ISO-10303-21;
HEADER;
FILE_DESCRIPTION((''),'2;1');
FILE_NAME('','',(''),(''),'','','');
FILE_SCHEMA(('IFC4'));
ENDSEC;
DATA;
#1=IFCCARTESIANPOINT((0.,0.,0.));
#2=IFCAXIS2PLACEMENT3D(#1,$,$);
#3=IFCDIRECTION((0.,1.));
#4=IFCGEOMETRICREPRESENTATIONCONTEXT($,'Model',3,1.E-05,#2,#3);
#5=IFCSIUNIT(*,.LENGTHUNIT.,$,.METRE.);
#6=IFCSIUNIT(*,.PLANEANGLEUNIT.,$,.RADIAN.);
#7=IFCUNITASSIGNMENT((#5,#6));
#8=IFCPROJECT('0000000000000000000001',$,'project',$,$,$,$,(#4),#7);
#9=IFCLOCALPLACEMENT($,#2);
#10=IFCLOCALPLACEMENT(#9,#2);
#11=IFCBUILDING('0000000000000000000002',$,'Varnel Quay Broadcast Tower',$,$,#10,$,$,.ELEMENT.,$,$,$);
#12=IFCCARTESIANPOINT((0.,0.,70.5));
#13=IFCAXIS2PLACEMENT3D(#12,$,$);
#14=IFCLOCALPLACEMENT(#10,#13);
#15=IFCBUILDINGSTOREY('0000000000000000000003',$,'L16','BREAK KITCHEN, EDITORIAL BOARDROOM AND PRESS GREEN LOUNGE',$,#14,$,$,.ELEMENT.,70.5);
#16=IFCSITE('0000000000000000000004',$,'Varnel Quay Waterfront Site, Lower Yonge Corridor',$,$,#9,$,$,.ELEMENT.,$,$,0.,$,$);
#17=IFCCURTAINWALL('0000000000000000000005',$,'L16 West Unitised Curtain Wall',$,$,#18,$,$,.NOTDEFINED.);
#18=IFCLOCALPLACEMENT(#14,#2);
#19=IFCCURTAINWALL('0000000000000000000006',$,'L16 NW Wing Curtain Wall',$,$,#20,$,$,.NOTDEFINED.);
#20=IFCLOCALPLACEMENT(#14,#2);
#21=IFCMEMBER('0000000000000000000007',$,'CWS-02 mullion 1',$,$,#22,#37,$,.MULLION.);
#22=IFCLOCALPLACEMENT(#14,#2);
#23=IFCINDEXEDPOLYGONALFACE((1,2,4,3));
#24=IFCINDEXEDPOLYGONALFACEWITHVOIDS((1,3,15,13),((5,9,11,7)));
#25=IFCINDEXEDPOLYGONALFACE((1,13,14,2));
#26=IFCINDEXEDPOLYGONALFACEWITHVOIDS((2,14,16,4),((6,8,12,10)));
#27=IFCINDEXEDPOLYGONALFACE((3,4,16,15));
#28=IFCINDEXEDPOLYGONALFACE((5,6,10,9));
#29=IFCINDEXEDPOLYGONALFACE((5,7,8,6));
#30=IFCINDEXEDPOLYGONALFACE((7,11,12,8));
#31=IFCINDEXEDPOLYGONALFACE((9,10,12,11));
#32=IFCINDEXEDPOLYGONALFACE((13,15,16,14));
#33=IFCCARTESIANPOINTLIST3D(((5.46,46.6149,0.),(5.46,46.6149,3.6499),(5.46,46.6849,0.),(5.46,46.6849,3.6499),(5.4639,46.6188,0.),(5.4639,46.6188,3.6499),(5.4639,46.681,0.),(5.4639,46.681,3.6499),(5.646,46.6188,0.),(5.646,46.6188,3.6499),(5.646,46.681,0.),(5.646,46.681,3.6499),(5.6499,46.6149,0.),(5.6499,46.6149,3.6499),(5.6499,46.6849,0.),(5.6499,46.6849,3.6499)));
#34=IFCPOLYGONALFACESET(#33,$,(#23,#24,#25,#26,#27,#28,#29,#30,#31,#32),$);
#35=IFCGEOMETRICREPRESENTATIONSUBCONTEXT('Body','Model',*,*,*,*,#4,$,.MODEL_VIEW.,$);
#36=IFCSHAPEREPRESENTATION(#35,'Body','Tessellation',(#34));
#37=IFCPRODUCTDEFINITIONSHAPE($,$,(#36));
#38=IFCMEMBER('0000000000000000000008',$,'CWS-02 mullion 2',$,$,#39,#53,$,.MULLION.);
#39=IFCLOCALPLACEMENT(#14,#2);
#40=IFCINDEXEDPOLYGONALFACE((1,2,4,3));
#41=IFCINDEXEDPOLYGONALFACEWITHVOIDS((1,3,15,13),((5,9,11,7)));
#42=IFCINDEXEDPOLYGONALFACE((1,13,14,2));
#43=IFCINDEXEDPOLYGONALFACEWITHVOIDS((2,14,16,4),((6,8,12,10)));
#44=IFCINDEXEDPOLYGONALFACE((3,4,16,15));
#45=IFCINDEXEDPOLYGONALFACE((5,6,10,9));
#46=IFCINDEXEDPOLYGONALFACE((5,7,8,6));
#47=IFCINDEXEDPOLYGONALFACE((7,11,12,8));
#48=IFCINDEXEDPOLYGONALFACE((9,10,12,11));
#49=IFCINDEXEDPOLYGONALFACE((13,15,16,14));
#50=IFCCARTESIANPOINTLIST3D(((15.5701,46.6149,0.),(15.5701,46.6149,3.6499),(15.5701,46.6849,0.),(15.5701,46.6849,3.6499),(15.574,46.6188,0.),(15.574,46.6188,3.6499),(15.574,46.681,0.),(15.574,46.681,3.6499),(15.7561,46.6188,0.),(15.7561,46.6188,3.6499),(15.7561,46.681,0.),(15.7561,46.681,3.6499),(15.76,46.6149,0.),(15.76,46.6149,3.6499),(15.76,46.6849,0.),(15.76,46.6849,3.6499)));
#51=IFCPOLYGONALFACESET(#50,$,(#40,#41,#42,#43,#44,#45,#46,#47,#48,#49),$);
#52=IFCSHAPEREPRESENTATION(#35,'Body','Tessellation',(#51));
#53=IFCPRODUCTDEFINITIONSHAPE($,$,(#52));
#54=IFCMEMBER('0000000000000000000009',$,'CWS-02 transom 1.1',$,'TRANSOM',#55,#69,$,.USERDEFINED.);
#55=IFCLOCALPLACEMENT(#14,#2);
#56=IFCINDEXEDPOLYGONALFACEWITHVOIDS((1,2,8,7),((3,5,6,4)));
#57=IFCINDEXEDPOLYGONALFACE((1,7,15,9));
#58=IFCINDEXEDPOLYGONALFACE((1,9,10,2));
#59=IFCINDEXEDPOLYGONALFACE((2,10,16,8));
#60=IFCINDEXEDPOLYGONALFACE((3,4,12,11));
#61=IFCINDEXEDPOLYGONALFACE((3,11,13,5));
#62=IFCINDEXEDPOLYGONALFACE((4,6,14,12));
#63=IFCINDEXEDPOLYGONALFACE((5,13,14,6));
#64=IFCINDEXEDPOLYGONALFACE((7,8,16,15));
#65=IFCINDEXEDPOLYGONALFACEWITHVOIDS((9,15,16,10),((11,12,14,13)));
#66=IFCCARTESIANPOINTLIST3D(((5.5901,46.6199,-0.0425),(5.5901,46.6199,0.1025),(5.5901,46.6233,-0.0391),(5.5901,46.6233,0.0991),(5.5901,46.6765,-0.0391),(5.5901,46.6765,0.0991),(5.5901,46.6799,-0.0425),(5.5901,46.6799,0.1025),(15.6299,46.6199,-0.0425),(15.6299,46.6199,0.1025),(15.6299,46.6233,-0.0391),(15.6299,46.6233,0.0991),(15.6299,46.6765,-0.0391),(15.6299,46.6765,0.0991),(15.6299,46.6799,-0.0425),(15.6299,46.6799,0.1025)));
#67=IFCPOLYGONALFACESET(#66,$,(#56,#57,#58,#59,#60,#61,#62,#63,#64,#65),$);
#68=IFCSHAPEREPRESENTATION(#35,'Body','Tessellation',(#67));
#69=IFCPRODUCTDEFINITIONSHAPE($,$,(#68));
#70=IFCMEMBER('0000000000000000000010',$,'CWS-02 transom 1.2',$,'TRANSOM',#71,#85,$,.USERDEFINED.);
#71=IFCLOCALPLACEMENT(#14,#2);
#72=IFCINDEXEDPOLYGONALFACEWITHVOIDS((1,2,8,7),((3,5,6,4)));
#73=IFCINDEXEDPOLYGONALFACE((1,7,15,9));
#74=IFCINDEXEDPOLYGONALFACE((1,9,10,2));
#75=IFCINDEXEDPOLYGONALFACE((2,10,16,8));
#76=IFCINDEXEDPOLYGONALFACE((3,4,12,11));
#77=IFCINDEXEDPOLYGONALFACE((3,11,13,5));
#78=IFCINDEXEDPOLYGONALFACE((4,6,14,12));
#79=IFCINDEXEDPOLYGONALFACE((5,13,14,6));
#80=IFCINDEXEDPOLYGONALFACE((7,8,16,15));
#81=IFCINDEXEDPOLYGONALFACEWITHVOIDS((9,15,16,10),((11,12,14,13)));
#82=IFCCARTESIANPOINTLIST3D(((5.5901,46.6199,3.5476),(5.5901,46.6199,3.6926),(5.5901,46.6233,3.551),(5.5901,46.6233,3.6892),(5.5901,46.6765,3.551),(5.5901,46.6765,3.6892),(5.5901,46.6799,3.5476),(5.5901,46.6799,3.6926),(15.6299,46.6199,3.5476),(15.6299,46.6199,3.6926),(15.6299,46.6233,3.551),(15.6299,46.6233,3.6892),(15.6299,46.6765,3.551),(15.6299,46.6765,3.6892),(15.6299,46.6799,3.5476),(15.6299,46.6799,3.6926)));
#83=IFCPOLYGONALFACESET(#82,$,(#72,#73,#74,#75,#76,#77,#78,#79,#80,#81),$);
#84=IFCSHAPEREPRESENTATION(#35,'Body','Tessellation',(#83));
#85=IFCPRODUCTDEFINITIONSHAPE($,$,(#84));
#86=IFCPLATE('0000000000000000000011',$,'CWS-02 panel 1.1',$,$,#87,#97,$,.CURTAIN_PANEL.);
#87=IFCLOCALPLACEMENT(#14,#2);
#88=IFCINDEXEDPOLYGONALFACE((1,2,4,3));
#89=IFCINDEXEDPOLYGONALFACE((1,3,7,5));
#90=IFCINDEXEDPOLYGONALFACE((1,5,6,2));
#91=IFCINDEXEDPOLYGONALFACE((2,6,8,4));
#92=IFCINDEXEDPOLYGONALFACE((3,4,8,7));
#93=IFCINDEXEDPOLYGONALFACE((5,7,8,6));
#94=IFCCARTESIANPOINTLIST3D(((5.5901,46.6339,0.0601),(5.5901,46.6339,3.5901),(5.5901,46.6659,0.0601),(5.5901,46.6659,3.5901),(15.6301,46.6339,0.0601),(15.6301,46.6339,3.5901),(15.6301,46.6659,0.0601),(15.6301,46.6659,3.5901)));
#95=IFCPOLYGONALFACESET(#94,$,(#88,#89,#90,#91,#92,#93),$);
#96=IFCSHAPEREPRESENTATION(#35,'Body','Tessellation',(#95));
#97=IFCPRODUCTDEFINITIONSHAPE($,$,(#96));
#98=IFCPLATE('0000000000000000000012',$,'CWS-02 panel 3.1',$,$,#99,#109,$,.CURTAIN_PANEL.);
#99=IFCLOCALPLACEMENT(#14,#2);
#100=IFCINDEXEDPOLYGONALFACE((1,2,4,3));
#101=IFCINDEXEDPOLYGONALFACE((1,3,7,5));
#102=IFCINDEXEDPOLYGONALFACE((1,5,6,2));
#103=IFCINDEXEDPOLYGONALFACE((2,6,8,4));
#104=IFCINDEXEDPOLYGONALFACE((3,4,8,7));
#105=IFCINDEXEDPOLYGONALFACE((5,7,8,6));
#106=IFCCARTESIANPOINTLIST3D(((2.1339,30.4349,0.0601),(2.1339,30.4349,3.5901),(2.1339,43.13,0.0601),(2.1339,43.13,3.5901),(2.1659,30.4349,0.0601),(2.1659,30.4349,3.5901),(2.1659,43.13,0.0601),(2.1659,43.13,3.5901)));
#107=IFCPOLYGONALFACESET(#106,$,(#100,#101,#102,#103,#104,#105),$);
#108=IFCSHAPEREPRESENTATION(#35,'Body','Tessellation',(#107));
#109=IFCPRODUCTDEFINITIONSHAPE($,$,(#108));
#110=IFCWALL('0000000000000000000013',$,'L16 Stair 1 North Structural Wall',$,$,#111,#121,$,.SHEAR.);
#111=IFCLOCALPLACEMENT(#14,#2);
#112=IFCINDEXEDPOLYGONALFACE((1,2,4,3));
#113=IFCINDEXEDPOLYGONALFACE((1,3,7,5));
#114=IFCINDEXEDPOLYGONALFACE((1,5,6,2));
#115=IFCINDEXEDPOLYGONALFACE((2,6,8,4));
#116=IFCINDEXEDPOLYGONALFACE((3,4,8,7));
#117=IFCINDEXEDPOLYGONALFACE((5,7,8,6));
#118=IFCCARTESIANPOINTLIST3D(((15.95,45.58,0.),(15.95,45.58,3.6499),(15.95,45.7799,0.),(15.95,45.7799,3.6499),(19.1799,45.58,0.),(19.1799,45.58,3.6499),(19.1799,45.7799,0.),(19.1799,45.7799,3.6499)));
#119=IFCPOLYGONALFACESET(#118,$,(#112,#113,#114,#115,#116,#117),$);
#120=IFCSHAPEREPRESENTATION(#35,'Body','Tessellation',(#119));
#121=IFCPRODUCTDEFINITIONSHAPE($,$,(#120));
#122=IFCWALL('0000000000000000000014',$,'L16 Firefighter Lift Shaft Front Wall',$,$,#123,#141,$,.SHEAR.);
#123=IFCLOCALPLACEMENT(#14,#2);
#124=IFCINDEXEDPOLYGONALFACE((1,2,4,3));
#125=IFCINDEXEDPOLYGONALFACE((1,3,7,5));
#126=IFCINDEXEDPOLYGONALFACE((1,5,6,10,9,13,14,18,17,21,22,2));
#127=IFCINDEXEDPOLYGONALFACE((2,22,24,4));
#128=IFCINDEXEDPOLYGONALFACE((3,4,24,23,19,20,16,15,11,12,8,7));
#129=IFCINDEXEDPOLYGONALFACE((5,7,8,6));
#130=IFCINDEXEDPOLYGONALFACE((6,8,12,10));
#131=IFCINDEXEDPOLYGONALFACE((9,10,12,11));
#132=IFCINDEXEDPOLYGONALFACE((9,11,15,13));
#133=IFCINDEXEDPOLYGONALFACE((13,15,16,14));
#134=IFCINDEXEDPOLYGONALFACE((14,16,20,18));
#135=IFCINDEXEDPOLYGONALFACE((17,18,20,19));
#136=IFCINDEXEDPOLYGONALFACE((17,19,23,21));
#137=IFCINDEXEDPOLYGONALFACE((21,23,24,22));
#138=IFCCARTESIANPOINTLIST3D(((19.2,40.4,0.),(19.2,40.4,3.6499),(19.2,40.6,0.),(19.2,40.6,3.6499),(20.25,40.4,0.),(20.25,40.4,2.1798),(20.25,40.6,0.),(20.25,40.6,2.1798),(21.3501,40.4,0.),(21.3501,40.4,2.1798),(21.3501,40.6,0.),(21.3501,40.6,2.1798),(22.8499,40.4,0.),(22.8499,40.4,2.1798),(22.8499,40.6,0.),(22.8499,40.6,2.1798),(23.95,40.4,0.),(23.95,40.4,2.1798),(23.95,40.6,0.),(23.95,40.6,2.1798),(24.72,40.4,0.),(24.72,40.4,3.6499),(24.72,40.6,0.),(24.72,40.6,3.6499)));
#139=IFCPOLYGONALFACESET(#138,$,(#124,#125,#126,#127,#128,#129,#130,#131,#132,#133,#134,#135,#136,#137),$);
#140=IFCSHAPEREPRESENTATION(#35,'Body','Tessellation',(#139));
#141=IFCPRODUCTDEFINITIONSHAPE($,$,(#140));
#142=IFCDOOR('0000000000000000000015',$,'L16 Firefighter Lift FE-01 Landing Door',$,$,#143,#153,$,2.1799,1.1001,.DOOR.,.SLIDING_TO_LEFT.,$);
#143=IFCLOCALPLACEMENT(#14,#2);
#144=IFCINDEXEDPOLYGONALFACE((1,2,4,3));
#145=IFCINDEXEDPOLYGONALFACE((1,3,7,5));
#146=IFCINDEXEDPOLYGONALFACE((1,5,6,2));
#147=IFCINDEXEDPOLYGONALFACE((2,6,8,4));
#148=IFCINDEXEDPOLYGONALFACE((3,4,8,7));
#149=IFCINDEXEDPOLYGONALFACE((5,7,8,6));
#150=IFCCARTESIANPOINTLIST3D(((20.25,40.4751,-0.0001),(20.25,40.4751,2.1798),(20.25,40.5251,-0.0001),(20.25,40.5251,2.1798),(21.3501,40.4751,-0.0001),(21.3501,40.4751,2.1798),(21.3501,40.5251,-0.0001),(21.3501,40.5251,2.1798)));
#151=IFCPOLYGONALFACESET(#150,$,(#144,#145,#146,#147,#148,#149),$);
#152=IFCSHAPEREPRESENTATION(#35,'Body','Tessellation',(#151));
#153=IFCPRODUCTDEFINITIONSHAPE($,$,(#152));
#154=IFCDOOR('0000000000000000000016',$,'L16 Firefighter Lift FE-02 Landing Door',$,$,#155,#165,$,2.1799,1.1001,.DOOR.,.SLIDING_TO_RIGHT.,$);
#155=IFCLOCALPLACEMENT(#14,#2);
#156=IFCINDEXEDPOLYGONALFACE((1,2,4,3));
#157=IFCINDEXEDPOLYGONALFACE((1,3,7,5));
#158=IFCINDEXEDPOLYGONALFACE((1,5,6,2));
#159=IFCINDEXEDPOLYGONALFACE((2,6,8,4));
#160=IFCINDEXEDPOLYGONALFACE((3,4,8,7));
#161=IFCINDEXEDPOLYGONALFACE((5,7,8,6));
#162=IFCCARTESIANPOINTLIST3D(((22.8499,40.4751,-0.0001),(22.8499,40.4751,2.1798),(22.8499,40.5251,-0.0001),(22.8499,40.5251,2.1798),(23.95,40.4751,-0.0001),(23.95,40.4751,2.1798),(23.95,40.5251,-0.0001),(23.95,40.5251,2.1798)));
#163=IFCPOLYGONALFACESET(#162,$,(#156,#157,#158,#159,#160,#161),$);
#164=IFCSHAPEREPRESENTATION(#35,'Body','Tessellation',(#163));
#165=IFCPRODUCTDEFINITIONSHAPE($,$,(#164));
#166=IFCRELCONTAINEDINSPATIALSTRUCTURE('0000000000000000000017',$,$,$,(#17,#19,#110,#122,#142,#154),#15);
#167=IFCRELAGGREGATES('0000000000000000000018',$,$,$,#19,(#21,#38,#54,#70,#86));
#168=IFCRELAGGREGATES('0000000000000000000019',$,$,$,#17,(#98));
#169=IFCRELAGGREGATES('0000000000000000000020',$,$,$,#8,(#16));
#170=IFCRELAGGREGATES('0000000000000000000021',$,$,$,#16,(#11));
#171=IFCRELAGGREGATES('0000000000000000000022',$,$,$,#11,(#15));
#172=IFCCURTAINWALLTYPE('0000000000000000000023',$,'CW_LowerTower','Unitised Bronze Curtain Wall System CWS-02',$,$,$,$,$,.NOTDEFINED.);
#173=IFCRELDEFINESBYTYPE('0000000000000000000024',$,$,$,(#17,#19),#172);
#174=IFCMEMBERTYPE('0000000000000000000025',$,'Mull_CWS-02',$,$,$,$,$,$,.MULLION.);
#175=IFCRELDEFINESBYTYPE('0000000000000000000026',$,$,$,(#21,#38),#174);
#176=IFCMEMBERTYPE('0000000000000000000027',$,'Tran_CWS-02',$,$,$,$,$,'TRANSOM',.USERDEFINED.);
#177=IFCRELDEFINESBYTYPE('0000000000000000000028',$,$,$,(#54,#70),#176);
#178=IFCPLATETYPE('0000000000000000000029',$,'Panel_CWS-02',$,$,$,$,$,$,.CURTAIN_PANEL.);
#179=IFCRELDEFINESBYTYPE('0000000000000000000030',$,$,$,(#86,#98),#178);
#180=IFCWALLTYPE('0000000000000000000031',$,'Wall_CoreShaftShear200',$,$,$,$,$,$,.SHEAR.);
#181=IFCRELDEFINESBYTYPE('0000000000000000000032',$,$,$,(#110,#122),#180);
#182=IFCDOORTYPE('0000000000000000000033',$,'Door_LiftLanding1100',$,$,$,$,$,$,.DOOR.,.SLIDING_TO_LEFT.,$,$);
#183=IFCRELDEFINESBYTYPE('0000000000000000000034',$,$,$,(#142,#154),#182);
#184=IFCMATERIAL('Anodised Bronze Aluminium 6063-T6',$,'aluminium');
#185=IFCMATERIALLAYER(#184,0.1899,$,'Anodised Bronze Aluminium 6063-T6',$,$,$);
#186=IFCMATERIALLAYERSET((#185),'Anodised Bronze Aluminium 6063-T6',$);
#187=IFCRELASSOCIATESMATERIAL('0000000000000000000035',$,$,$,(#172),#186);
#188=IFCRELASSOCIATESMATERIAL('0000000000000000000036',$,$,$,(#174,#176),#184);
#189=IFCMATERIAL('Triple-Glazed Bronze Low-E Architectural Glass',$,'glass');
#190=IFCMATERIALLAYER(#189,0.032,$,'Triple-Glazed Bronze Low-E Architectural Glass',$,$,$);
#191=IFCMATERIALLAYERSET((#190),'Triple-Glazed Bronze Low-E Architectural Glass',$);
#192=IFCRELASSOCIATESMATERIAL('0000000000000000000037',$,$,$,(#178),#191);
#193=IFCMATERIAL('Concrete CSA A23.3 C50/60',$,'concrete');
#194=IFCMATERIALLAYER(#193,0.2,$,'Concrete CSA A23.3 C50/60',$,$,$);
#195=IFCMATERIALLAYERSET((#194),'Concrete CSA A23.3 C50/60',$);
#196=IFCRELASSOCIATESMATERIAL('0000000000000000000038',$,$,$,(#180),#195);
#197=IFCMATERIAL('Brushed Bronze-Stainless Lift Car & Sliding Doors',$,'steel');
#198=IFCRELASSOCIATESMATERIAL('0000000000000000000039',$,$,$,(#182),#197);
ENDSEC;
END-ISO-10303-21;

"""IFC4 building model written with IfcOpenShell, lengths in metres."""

from ifc_helpers import new_model, si_unit, direction, frame, frame_2d, origin, origin_2d, place, context, subcontext, project, spatial, rectangle, hollow_rectangle, extrude, source, transform, mapped, material, layer, layer_set, material_profile, profile_set, type_object, type_shapes, element, fill, aggregate, save


model = new_model("IFC4")

# Units and contexts
model_context = context("Model", 3, precision=1e-05, world=origin(), true_north=direction((0.0, 1.0)))
body_context = subcontext(model_context, "Body", "Model", "MODEL_VIEW")
ifc_project = project(units=[si_unit("LENGTHUNIT", "METRE"), si_unit("PLANEANGLEUNIT", "RADIAN")], contexts=[model_context])

# Site, building, storey
site_placement = place(None, origin())
site = spatial("IfcSite", under=ifc_project, at=site_placement, Name="Varnel Quay Waterfront Site, Lower Yonge Corridor", CompositionType="ELEMENT", RefElevation=0.0)
building_placement = place(site_placement, origin())
building = spatial("IfcBuilding", under=site, at=building_placement, Name="Varnel Quay Broadcast Tower", CompositionType="ELEMENT")
storey_placement = place(building_placement, frame((0.0, 0.0, 70.5)))
storey = spatial("IfcBuildingStorey", under=building, at=storey_placement, Name="L16", Description="BREAK KITCHEN, EDITORIAL BOARDROOM AND PRESS GREEN LOUNGE", CompositionType="ELEMENT", Elevation=70.5)

# Curtain wall
ifc_material_1 = material(Name="Anodised Bronze Aluminium 6063-T6", Category="aluminium")
ifc_layer_1 = layer(ifc_material_1, 0.1899, Name="Anodised Bronze Aluminium 6063-T6")
ifc_layer_set_1 = layer_set([ifc_layer_1], Name="Anodised Bronze Aluminium 6063-T6")
curtain_wall_type = type_object("IfcCurtainWallType", Name="CW_LowerTower", Description="Unitised Bronze Curtain Wall System CWS-02", PredefinedType="NOTDEFINED", material=ifc_layer_set_1)
curtain_wall_1_placement = place(storey_placement, origin())
curtain_wall_1 = element("IfcCurtainWall", 1, at=curtain_wall_1_placement, inside=storey, type_object=curtain_wall_type, Name="L16 West Unitised Curtain Wall", PredefinedType="NOTDEFINED")
ifc_material_profile_1 = material_profile(ifc_material_1, hollow_rectangle(XDim=0.0701, YDim=0.1899, WallThickness=0.0039, at=origin_2d()), Name="ALU70X190X4")
ifc_profile_set_1 = profile_set([ifc_material_profile_1], Name="Anodised Bronze Aluminium 6063-T6")
member_type_1 = type_object("IfcMemberType", Name="Mull_CWS-02", PredefinedType="MULLION", material=ifc_profile_set_1)
shared_shape_1 = source(origin(), body_context, "Body", "SweptSolid", [
    extrude(hollow_rectangle(XDim=0.0701, YDim=0.1899, WallThickness=0.0039, at=origin_2d()), origin(), (0.0, 0.0, 1.0), 3.6499),
])
type_shapes(member_type_1, [shared_shape_1])

# Curtain wall, members, plate
curtain_wall_2_placement = place(storey_placement, origin())
curtain_wall_2 = element("IfcCurtainWall", 2, at=curtain_wall_2_placement, inside=storey, type_object=curtain_wall_type, Name="L16 NW Wing Curtain Wall", PredefinedType="NOTDEFINED")
member_1_placement = place(storey_placement, frame((5.5549, 46.6499, 0.0), z_axis=(0.0, 0.0, 1.0), x_axis=(0.0, 1.0, 0.0)))
member_1 = element("IfcMember", 3, at=member_1_placement, type_object=member_type_1, Name="CWS-02 mullion 1", PredefinedType="MULLION", context=body_context, shape_type="MappedRepresentation", body=[
    mapped(shared_shape_1, transform((0.0, 0.0, 0.0), x_axis=(1.0, 0.0, 0.0), y_axis=(0.0, 1.0, 0.0), z_axis=(0.0, 0.0, 1.0), scale=1.0)),
])
member_2_placement = place(storey_placement, frame((15.665, 46.6499, 0.0), z_axis=(0.0, 0.0, 1.0), x_axis=(0.0, 1.0, 0.0)))
member_2 = element("IfcMember", 4, at=member_2_placement, type_object=member_type_1, Name="CWS-02 mullion 2", PredefinedType="MULLION", context=body_context, shape_type="MappedRepresentation", body=[
    mapped(shared_shape_1, transform((0.0, 0.0, 0.0), x_axis=(1.0, 0.0, 0.0), y_axis=(0.0, 1.0, 0.0), z_axis=(0.0, 0.0, 1.0), scale=1.0)),
])
ifc_material_profile_2 = material_profile(ifc_material_1, hollow_rectangle(XDim=0.0601, YDim=0.145, WallThickness=0.0034, at=origin_2d()), Name="ALU60X145X3.5")
ifc_profile_set_2 = profile_set([ifc_material_profile_2], Name="Anodised Bronze Aluminium 6063-T6")
member_type_2 = type_object("IfcMemberType", Name="Tran_CWS-02", ElementType="TRANSOM", PredefinedType="USERDEFINED", material=ifc_profile_set_2)
shared_shape_2 = source(origin(), body_context, "Body", "SweptSolid", [
    extrude(hollow_rectangle(XDim=0.0601, YDim=0.145, WallThickness=0.0034, at=origin_2d()), origin(), (0.0, 0.0, 1.0), 10.0398),
])
type_shapes(member_type_2, [shared_shape_2])
member_3_placement = place(storey_placement, frame((5.5901, 46.6499, 0.03), z_axis=(1.0, 0.0, 0.0), x_axis=(0.0, 1.0, 0.0)))
member_3 = element("IfcMember", 5, at=member_3_placement, type_object=member_type_2, Name="CWS-02 transom 1.1", ObjectType="TRANSOM", PredefinedType="USERDEFINED", context=body_context, shape_type="MappedRepresentation", body=[
    mapped(shared_shape_2, transform((0.0, 0.0, 0.0), x_axis=(1.0, 0.0, 0.0), y_axis=(0.0, 1.0, 0.0), z_axis=(0.0, 0.0, 1.0), scale=1.0)),
])
member_4_placement = place(storey_placement, frame((5.5901, 46.6499, 3.6201), z_axis=(1.0, 0.0, 0.0), x_axis=(0.0, 1.0, 0.0)))
member_4 = element("IfcMember", 6, at=member_4_placement, type_object=member_type_2, Name="CWS-02 transom 1.2", ObjectType="TRANSOM", PredefinedType="USERDEFINED", context=body_context, shape_type="MappedRepresentation", body=[
    mapped(shared_shape_2, transform((0.0, 0.0, 0.0), x_axis=(1.0, 0.0, 0.0), y_axis=(0.0, 1.0, 0.0), z_axis=(0.0, 0.0, 1.0), scale=1.0)),
])
ifc_material_2 = material(Name="Triple-Glazed Bronze Low-E Architectural Glass", Category="glass")
ifc_layer_2 = layer(ifc_material_2, 0.032, Name="Triple-Glazed Bronze Low-E Architectural Glass")
ifc_layer_set_2 = layer_set([ifc_layer_2], Name="Triple-Glazed Bronze Low-E Architectural Glass")
plate_type = type_object("IfcPlateType", Name="Panel_CWS-02", PredefinedType="CURTAIN_PANEL", material=ifc_layer_set_2)
shared_shape_3 = source(origin(), body_context, "Body", "SweptSolid", [
    extrude(rectangle(XDim=10.04, YDim=0.032, at=origin_2d()), origin(), (0.0, 0.0, 1.0), 3.53),
])
plate_1_placement = place(storey_placement, frame((10.6101, 46.6499, 0.0601), z_axis=(0.0, 0.0, 1.0), x_axis=(1.0, 0.0, 0.0)))
plate_1 = element("IfcPlate", 7, at=plate_1_placement, type_object=plate_type, Name="CWS-02 panel 1.1", PredefinedType="CURTAIN_PANEL", context=body_context, shape_type="MappedRepresentation", body=[
    mapped(shared_shape_3, transform((0.0, 0.0, 0.0), x_axis=(1.0, 0.0, 0.0), y_axis=(0.0, 1.0, 0.0), z_axis=(0.0, 0.0, 1.0), scale=1.0)),
])
aggregate(curtain_wall_2, [member_1, member_2, member_3, member_4, plate_1])

# Plate
shared_shape_4 = source(origin(), body_context, "Body", "SweptSolid", [
    extrude(rectangle(XDim=12.6951, YDim=0.032, at=origin_2d()), origin(), (0.0, 0.0, 1.0), 3.53),
])
type_shapes(plate_type, [shared_shape_3, shared_shape_4])
plate_2_placement = place(storey_placement, frame((2.1499, 36.7825, 0.0601), z_axis=(0.0, 0.0, 1.0), x_axis=(0.0, 1.0, 0.0)))
plate_2 = element("IfcPlate", 8, at=plate_2_placement, type_object=plate_type, Name="CWS-02 panel 3.1", PredefinedType="CURTAIN_PANEL", context=body_context, shape_type="MappedRepresentation", body=[
    mapped(shared_shape_4, transform((0.0, 0.0, 0.0), x_axis=(1.0, 0.0, 0.0), y_axis=(0.0, 1.0, 0.0), z_axis=(0.0, 0.0, 1.0), scale=1.0)),
])
aggregate(curtain_wall_1, [plate_2])

# Wall
ifc_material_3 = material(Name="Concrete CSA A23.3 C50/60", Category="concrete")
ifc_layer_3 = layer(ifc_material_3, 0.2, Name="Concrete CSA A23.3 C50/60")
ifc_layer_set_3 = layer_set([ifc_layer_3], Name="Concrete CSA A23.3 C50/60")
wall_type_1 = type_object("IfcWallType", Name="Wall_CoreShaftShear200", PredefinedType="SHEAR", material=ifc_layer_set_3)
wall_1_placement = place(storey_placement, frame((15.95, 45.6799, 0.0), z_axis=(0.0, 0.0, 1.0), x_axis=(1.0, 0.0, 0.0)))
element("IfcWall", 9, at=wall_1_placement, inside=storey, type_object=wall_type_1, Name="L16 Stair 1 North Structural Wall", PredefinedType="SHEAR", context=body_context, shape_type="SweptSolid", body=[
    extrude(rectangle(XDim=3.23, YDim=0.2, at=frame_2d((1.615, 0.0))), origin(), (0.0, 0.0, 1.0), 3.6499),
])

# Wall, openings, doors
wall_2_placement = place(storey_placement, frame((19.2, 40.5, 0.0), z_axis=(0.0, 0.0, 1.0), x_axis=(1.0, 0.0, 0.0)))
wall_2 = element("IfcWall", 10, at=wall_2_placement, inside=storey, type_object=wall_type_1, Name="L16 Firefighter Lift Shaft Front Wall", PredefinedType="SHEAR", context=body_context, shape_type="SweptSolid", body=[
    extrude(rectangle(XDim=5.52, YDim=0.2, at=frame_2d((2.76, 0.0))), origin(), (0.0, 0.0, 1.0), 3.6499),
])
opening_1_placement = place(wall_2_placement, frame((1.05, 0.0, 0.0)))
opening_1 = element("IfcOpeningElement", 11, at=opening_1_placement, cuts=wall_2, PredefinedType="OPENING", context=body_context, shape_type="SweptSolid", body=[
    extrude(rectangle(XDim=1.1001, YDim=2.1799, at=frame_2d((0.55, 1.0898))), frame((0.0, 0.1099, 0.0), z_axis=(0.0, -1.0, 0.0), x_axis=(1.0, 0.0, 0.0)), (0.0, 0.0, 1.0), 0.22),
])
opening_2_placement = place(wall_2_placement, frame((3.6499, 0.0, 0.0)))
opening_2 = element("IfcOpeningElement", 12, at=opening_2_placement, cuts=wall_2, PredefinedType="OPENING", context=body_context, shape_type="SweptSolid", body=[
    extrude(rectangle(XDim=1.1001, YDim=2.1799, at=frame_2d((0.55, 1.0898))), frame((0.0, 0.1099, 0.0), z_axis=(0.0, -1.0, 0.0), x_axis=(1.0, 0.0, 0.0)), (0.0, 0.0, 1.0), 0.22),
])
ifc_material_4 = material(Name="Brushed Bronze-Stainless Lift Car & Sliding Doors", Category="steel")
door_type = type_object("IfcDoorType", Name="Door_LiftLanding1100", OperationType="SLIDING_TO_LEFT", PredefinedType="DOOR", material=ifc_material_4)
shared_shape_5 = source(origin(), body_context, "Body", "SweptSolid", [
    extrude(rectangle(XDim=1.1001, YDim=2.1799, at=frame_2d((0.55, 1.0898))), frame((0.0, 0.0249, 0.0), z_axis=(0.0, -1.0, 0.0), x_axis=(1.0, 0.0, 0.0)), (0.0, 0.0, 1.0), 0.05),
])
type_shapes(door_type, [shared_shape_5])
door_1_placement = place(opening_1_placement, frame((1.1001, 0.0, 0.0), z_axis=(0.0, 0.0, 1.0), x_axis=(-1.0, 0.0, 0.0)))
door_1 = element("IfcDoor", 13, at=door_1_placement, inside=storey, type_object=door_type, Name="L16 Firefighter Lift FE-01 Landing Door", OperationType="SLIDING_TO_LEFT", OverallHeight=2.1799, OverallWidth=1.1001, PredefinedType="DOOR", context=body_context, shape_type="MappedRepresentation", body=[
    mapped(shared_shape_5, transform((0.0, 0.0, 0.0), x_axis=(1.0, 0.0, 0.0), y_axis=(0.0, 1.0, 0.0), z_axis=(0.0, 0.0, 1.0), scale=1.0)),
])
fill(opening_1, door_1)
door_2_placement = place(opening_2_placement, frame((1.1001, 0.0, 0.0), z_axis=(0.0, 0.0, 1.0), x_axis=(-1.0, 0.0, 0.0)))
door_2 = element("IfcDoor", 14, at=door_2_placement, inside=storey, type_object=door_type, Name="L16 Firefighter Lift FE-02 Landing Door", OperationType="SLIDING_TO_RIGHT", OverallHeight=2.1799, OverallWidth=1.1001, PredefinedType="DOOR", context=body_context, shape_type="MappedRepresentation", body=[
    mapped(shared_shape_5, transform((0.0, 0.0, 0.0), x_axis=(1.0, 0.0, 0.0), y_axis=(0.0, 1.0, 0.0), z_axis=(0.0, 0.0, 1.0), scale=1.0)),
])
fill(opening_2, door_2)

save(model, "model.ifc")
